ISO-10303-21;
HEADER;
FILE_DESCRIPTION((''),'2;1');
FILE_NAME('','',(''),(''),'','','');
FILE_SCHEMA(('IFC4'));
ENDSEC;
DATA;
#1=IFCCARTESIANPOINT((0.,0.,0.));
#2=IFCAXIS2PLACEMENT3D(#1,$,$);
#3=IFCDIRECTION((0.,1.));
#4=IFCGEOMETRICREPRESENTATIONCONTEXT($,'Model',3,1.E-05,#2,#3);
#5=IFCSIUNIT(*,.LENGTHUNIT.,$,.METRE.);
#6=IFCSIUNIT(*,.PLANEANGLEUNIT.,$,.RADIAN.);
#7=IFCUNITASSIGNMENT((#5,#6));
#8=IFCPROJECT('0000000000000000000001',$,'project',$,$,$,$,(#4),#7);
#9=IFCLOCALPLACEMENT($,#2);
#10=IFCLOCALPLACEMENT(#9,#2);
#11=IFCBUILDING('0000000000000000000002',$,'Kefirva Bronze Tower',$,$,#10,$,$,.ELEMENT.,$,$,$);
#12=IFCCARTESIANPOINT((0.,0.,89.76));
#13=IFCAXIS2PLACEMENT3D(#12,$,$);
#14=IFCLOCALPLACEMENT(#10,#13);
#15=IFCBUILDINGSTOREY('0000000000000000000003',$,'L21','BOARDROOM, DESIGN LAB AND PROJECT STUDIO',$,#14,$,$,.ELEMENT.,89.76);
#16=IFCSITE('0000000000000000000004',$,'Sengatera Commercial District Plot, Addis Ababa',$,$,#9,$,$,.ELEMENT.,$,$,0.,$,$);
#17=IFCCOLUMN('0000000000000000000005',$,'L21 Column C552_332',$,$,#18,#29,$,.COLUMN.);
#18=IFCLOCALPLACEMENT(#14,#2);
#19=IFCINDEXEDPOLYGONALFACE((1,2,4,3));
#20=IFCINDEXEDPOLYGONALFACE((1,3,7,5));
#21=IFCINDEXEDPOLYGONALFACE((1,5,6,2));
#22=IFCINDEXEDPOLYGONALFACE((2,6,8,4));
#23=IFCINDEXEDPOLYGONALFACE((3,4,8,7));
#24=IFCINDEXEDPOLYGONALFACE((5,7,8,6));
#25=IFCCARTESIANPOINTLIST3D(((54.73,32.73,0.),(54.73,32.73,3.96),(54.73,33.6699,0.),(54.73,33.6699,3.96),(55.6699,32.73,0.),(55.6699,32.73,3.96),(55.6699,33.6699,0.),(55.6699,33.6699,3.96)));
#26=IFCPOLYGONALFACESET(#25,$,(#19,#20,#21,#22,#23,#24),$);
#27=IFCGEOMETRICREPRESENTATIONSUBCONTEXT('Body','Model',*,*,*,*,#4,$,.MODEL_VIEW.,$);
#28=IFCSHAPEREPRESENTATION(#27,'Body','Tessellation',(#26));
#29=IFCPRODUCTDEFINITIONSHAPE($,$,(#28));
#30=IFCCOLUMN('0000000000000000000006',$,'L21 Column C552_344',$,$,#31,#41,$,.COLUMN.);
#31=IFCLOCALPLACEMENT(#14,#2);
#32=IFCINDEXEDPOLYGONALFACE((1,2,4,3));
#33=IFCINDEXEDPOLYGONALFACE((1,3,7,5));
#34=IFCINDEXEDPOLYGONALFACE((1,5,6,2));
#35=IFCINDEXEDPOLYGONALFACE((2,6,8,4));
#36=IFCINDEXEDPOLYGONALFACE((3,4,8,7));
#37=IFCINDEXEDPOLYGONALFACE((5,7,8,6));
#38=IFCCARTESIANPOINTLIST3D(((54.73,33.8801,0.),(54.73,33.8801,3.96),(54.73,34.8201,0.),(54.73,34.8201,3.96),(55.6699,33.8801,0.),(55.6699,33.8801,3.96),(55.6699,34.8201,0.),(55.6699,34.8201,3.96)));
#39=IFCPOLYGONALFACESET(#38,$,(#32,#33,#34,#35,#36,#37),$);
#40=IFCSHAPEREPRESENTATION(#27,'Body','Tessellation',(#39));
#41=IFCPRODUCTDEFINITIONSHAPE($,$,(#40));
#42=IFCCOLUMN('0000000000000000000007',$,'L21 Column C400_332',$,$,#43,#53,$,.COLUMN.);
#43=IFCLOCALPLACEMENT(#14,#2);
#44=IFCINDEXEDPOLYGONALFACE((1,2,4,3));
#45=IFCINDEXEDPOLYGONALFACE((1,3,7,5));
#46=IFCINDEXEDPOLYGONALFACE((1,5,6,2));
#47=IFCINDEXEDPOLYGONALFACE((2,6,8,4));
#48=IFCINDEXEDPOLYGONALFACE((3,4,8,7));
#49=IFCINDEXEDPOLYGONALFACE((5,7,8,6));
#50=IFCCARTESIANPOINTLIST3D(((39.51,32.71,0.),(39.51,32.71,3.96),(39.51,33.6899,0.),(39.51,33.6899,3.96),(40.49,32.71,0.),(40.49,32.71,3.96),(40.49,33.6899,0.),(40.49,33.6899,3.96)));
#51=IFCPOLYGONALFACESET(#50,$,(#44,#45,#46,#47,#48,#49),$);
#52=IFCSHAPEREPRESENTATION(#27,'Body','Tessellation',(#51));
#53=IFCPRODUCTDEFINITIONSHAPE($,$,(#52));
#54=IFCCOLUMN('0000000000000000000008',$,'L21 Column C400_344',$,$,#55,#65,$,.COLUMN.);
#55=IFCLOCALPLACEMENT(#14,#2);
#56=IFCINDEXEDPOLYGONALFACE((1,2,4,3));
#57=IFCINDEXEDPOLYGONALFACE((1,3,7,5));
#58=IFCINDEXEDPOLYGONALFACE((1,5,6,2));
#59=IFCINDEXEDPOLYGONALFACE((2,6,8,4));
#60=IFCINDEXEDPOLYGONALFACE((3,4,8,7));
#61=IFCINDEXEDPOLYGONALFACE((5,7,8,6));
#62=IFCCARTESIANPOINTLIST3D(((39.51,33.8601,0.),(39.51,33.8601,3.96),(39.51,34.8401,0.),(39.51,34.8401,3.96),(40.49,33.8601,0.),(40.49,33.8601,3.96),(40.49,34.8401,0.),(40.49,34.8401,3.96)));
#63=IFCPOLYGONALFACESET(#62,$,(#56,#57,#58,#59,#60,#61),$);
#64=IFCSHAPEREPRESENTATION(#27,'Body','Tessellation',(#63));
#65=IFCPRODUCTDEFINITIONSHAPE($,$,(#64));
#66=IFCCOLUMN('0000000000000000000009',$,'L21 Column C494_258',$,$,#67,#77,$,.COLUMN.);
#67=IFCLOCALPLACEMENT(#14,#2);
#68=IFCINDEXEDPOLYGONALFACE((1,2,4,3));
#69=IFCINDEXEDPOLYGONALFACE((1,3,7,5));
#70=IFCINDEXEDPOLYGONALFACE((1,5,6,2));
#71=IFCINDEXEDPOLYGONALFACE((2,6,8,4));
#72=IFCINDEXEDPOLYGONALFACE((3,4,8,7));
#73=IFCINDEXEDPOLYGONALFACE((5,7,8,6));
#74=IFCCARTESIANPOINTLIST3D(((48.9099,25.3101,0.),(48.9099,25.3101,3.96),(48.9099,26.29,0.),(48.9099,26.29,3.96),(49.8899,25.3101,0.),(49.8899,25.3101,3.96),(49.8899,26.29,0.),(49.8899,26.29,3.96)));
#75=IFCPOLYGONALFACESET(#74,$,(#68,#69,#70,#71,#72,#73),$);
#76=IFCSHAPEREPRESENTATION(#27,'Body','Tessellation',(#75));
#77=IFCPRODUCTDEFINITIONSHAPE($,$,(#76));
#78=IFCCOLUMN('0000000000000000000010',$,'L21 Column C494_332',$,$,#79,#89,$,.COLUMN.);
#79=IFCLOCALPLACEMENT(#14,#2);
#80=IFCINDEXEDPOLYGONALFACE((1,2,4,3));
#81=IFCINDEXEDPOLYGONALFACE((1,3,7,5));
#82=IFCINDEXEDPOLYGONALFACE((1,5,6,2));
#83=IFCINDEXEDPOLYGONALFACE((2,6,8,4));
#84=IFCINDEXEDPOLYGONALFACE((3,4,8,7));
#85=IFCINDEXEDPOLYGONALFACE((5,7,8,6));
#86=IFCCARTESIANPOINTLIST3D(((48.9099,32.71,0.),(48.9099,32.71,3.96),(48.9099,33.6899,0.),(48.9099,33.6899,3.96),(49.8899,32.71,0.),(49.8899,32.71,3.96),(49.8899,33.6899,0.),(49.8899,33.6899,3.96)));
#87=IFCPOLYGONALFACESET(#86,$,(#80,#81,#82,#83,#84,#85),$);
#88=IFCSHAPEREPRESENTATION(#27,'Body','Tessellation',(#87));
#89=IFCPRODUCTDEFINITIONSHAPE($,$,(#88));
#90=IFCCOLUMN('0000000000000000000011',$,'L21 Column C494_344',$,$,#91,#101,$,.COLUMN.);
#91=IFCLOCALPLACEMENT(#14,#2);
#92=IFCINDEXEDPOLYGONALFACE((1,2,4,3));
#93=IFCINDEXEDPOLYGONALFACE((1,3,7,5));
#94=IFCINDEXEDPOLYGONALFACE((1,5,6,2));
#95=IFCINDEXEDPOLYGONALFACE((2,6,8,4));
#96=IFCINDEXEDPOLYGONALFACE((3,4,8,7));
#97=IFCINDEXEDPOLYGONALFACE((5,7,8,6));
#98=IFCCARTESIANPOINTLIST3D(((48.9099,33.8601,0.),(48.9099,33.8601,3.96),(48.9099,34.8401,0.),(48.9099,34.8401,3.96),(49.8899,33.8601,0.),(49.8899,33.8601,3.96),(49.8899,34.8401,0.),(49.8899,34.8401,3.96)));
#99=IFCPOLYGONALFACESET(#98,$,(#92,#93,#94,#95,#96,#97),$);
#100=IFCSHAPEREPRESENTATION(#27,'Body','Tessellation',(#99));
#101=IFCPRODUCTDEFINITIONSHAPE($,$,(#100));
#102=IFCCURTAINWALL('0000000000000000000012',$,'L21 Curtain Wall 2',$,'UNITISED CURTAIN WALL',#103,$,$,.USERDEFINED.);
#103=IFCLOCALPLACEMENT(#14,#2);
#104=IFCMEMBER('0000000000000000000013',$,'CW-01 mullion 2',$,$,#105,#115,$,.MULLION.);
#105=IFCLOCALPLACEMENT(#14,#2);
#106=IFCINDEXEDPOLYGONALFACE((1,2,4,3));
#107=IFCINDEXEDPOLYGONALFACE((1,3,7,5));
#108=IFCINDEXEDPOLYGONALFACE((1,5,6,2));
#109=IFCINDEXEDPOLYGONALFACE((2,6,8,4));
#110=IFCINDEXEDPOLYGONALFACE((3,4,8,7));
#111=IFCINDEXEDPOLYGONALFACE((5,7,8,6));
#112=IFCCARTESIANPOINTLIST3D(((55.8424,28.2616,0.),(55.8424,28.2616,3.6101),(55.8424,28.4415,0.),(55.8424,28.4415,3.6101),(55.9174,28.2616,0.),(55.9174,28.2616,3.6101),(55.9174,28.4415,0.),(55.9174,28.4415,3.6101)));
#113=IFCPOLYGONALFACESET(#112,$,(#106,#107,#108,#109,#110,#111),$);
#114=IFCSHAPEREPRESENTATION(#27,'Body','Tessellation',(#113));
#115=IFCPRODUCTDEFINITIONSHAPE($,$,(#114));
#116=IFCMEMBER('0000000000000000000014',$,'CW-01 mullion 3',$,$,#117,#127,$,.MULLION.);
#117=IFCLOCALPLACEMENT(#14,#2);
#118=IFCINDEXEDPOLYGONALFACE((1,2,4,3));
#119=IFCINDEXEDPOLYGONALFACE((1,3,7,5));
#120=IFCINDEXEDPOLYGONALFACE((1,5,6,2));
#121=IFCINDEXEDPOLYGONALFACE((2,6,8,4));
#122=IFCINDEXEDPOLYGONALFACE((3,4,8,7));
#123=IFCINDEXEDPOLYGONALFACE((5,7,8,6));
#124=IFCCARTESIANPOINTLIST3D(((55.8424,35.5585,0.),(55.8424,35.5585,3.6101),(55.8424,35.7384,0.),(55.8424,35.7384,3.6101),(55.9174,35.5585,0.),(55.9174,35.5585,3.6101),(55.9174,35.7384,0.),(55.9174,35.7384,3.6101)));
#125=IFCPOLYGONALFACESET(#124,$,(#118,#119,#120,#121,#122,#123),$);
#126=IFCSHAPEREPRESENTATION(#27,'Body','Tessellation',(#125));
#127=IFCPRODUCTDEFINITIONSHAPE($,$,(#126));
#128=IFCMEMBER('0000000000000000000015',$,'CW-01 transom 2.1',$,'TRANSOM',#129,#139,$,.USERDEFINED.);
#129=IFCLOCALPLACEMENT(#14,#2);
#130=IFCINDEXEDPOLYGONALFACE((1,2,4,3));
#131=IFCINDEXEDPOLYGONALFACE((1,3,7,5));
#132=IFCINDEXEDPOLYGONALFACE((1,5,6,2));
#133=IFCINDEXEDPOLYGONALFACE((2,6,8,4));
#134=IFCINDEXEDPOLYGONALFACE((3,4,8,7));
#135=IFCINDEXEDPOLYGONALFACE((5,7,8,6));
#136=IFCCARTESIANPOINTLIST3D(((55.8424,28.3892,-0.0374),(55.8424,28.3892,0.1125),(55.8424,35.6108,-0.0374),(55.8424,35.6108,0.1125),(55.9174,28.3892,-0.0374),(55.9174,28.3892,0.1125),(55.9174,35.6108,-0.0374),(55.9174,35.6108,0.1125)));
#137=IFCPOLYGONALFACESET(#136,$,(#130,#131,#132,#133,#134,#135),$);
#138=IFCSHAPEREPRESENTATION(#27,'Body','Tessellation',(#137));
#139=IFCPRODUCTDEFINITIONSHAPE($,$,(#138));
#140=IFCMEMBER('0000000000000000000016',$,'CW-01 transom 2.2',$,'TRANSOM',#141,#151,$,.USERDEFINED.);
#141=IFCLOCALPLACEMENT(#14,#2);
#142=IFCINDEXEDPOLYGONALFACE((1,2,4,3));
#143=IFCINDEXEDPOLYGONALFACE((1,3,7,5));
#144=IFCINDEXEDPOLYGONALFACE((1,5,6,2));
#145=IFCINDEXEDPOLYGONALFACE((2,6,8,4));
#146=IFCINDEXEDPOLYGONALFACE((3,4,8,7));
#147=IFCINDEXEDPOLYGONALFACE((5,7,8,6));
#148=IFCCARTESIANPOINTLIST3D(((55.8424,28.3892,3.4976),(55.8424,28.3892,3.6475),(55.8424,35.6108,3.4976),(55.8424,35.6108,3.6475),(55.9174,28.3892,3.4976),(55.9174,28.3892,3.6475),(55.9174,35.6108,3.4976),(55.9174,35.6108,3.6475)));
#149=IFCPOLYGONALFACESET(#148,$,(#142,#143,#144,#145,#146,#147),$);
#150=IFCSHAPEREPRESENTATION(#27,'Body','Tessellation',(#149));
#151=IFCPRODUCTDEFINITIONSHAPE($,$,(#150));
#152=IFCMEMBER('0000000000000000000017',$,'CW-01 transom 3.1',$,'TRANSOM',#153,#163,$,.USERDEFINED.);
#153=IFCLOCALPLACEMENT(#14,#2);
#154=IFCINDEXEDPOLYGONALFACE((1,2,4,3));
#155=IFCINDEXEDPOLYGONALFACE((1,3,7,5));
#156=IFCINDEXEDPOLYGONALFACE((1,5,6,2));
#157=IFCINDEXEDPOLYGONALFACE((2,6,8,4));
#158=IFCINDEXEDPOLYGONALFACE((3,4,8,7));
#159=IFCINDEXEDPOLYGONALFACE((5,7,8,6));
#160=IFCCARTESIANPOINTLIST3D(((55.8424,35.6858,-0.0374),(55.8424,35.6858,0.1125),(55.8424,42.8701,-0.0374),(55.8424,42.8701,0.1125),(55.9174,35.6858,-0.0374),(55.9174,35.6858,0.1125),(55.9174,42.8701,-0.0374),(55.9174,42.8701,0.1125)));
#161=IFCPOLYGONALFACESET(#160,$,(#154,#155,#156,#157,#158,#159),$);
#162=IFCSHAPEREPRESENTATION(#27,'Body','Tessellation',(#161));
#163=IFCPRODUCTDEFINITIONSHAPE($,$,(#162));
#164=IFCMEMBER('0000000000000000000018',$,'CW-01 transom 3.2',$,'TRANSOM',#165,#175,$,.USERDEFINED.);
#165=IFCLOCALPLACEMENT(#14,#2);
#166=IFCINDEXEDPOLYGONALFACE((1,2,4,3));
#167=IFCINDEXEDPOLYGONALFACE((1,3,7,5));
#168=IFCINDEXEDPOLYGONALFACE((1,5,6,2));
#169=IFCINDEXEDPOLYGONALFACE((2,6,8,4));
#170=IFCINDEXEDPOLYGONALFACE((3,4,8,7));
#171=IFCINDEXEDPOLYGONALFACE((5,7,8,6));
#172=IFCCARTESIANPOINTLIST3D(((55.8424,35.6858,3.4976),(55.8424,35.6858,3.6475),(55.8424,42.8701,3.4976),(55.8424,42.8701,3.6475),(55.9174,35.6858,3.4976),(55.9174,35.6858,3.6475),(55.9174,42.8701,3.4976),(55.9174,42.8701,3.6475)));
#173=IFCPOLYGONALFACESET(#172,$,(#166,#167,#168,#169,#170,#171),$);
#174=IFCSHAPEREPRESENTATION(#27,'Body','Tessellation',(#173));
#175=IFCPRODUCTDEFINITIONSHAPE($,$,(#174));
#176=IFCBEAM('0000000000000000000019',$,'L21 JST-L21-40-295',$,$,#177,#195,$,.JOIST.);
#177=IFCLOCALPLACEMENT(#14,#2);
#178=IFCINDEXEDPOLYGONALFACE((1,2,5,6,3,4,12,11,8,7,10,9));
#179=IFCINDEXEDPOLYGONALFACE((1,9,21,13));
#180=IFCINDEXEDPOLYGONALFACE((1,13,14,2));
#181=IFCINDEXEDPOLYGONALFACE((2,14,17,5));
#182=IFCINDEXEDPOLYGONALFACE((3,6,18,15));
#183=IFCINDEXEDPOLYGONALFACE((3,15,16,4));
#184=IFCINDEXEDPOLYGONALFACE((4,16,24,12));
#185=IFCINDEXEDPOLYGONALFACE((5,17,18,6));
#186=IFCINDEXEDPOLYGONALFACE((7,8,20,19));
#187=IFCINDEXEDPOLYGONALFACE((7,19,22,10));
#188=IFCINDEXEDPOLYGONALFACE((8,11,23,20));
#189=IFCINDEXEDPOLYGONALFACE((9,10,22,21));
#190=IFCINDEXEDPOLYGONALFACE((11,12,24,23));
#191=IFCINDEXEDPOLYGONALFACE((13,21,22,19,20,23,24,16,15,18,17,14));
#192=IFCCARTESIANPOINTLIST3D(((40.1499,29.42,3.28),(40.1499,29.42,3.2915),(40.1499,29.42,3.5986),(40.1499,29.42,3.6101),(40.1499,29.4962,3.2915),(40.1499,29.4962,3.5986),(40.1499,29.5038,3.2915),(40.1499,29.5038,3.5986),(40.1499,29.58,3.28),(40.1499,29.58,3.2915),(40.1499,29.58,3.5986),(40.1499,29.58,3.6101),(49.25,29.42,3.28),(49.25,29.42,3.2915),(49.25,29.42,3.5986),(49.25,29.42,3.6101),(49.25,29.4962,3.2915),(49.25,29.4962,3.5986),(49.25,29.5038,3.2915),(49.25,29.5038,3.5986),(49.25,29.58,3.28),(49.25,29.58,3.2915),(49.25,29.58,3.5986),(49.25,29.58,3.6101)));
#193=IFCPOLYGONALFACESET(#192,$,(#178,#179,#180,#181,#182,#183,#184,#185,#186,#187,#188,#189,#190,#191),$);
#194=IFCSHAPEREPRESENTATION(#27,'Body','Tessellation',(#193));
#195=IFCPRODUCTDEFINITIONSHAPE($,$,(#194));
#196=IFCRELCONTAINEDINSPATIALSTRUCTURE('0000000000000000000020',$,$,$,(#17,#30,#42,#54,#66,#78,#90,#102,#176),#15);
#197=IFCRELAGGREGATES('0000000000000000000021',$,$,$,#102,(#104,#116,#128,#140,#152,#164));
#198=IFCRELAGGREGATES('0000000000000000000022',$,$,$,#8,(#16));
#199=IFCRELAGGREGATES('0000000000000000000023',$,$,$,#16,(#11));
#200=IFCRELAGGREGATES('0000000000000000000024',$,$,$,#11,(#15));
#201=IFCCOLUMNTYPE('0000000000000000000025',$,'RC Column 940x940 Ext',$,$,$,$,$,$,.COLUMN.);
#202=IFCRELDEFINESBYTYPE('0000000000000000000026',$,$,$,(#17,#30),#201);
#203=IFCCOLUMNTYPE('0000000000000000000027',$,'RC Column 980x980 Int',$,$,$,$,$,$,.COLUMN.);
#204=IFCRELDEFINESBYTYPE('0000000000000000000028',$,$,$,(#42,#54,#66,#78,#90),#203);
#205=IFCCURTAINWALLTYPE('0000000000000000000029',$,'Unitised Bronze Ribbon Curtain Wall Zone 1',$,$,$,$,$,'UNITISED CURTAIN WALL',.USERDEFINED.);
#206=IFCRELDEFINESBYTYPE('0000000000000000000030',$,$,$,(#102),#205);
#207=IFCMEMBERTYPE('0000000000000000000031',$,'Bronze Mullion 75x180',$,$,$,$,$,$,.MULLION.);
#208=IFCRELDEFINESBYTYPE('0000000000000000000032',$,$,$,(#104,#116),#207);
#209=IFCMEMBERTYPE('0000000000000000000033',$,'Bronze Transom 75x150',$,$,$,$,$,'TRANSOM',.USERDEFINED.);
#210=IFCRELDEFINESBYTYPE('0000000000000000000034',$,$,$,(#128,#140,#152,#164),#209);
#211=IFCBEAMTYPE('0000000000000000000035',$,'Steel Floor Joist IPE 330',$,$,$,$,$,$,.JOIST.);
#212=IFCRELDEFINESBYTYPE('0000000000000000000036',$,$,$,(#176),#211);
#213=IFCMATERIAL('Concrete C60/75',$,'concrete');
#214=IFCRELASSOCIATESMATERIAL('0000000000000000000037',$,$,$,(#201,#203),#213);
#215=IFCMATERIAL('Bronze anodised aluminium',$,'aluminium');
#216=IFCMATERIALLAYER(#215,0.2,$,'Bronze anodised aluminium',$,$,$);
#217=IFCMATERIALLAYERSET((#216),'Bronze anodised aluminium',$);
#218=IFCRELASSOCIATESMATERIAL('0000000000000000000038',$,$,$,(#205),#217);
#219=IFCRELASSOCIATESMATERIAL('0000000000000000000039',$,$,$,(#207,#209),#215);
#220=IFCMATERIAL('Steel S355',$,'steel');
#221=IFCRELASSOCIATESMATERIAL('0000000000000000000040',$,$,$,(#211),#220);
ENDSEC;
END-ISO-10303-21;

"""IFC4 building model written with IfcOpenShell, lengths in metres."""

from ifc_helpers import new_model, si_unit, direction, frame, origin, origin_2d, place, context, subcontext, project, spatial, rectangle, i_section, extrude, material, layer, layer_set, material_profile, profile_set, type_object, element, aggregate, save


model = new_model("IFC4")

# Units and contexts
model_context = context("Model", 3, precision=1e-05, world=origin(), true_north=direction((0.0, 1.0)))
body_context = subcontext(model_context, "Body", "Model", "MODEL_VIEW")
ifc_project = project(units=[si_unit("LENGTHUNIT", "METRE"), si_unit("PLANEANGLEUNIT", "RADIAN")], contexts=[model_context])

# Site, building, storey
site_placement = place(None, origin())
site = spatial("IfcSite", under=ifc_project, at=site_placement, Name="Sengatera Commercial District Plot, Addis Ababa", CompositionType="ELEMENT", RefElevation=0.0)
building_placement = place(site_placement, origin())
building = spatial("IfcBuilding", under=site, at=building_placement, Name="Kefirva Bronze Tower", CompositionType="ELEMENT")
storey_placement = place(building_placement, frame((0.0, 0.0, 89.76)))
storey = spatial("IfcBuildingStorey", under=building, at=storey_placement, Name="L21", Description="BOARDROOM, DESIGN LAB AND PROJECT STUDIO", CompositionType="ELEMENT", Elevation=89.76)

# Columns
ifc_material_1 = material(Name="Concrete C60/75", Category="concrete")
ifc_material_profile_1 = material_profile(ifc_material_1, rectangle(XDim=0.9399, YDim=0.9399, at=origin_2d()), Name="RC 940x940")
ifc_profile_set_1 = profile_set([ifc_material_profile_1], Name="Concrete C60/75")
column_type_1 = type_object("IfcColumnType", Name="RC Column 940x940 Ext", PredefinedType="COLUMN", material=ifc_profile_set_1)
for number, where, z_axis, x_axis, name in (
    (1, (55.2, 33.2, 0.0), (0.0, 0.0, 1.0), (1.0, 0.0, 0.0), "L21 Column C552_332"),
    (2, (55.2, 34.3501, 0.0), (0.0, 0.0, 1.0), (1.0, 0.0, 0.0), "L21 Column C552_344"),
):
    element("IfcColumn", number, at=place(storey_placement, frame(where, z_axis=z_axis, x_axis=x_axis)), inside=storey, type_object=column_type_1, Name=name, PredefinedType="COLUMN", context=body_context, shape_type="SweptSolid", body=[
        extrude(rectangle(XDim=0.9399, YDim=0.9399, at=origin_2d()), origin(), (0.0, 0.0, 1.0), 3.96),
    ])
ifc_material_profile_2 = material_profile(ifc_material_1, rectangle(XDim=0.98, YDim=0.98, at=origin_2d()), Name="RC 980x980")
ifc_profile_set_2 = profile_set([ifc_material_profile_2], Name="Concrete C60/75")
column_type_2 = type_object("IfcColumnType", Name="RC Column 980x980 Int", PredefinedType="COLUMN", material=ifc_profile_set_2)
for number, where, z_axis, x_axis, name in (
    (3, (40.0, 33.2, 0.0), (0.0, 0.0, 1.0), (1.0, 0.0, 0.0), "L21 Column C400_332"),
    (4, (40.0, 34.3501, 0.0), (0.0, 0.0, 1.0), (1.0, 0.0, 0.0), "L21 Column C400_344"),
    (5, (49.3999, 25.8, 0.0), (0.0, 0.0, 1.0), (1.0, 0.0, 0.0), "L21 Column C494_258"),
    (6, (49.3999, 33.2, 0.0), (0.0, 0.0, 1.0), (1.0, 0.0, 0.0), "L21 Column C494_332"),
    (7, (49.3999, 34.3501, 0.0), (0.0, 0.0, 1.0), (1.0, 0.0, 0.0), "L21 Column C494_344"),
):
    element("IfcColumn", number, at=place(storey_placement, frame(where, z_axis=z_axis, x_axis=x_axis)), inside=storey, type_object=column_type_2, Name=name, PredefinedType="COLUMN", context=body_context, shape_type="SweptSolid", body=[
        extrude(rectangle(XDim=0.98, YDim=0.98, at=origin_2d()), origin(), (0.0, 0.0, 1.0), 3.96),
    ])

# Curtain wall, members
ifc_material_2 = material(Name="Bronze anodised aluminium", Category="aluminium")
ifc_layer_1 = layer(ifc_material_2, 0.2, Name="Bronze anodised aluminium")
ifc_layer_set_1 = layer_set([ifc_layer_1], Name="Bronze anodised aluminium")
curtain_wall_type = type_object("IfcCurtainWallType", Name="Unitised Bronze Ribbon Curtain Wall Zone 1", ElementType="UNITISED CURTAIN WALL", PredefinedType="USERDEFINED", material=ifc_layer_set_1)
curtain_wall_placement = place(storey_placement, origin())
curtain_wall = element("IfcCurtainWall", 8, at=curtain_wall_placement, inside=storey, type_object=curtain_wall_type, Name="L21 Curtain Wall 2", ObjectType="UNITISED CURTAIN WALL", PredefinedType="USERDEFINED")
ifc_material_profile_3 = material_profile(ifc_material_2, rectangle(XDim=0.075, YDim=0.1799, at=origin_2d()), Name="ALU 75x180")
ifc_profile_set_3 = profile_set([ifc_material_profile_3], Name="Bronze anodised aluminium")
member_type_1 = type_object("IfcMemberType", Name="Bronze Mullion 75x180", PredefinedType="MULLION", material=ifc_profile_set_3)
member_1_placement = place(storey_placement, frame((55.8799, 28.3516, 0.0), z_axis=(0.0, 0.0, 1.0), x_axis=(-1.0, 0.0, 0.0)))
member_1 = element("IfcMember", 9, at=member_1_placement, type_object=member_type_1, Name="CW-01 mullion 2", PredefinedType="MULLION", context=body_context, shape_type="SweptSolid", body=[
    extrude(rectangle(XDim=0.075, YDim=0.1799, at=origin_2d()), origin(), (0.0, 0.0, 1.0), 3.6101),
])
member_2_placement = place(storey_placement, frame((55.8799, 35.6484, 0.0), z_axis=(0.0, 0.0, 1.0), x_axis=(-1.0, 0.0, 0.0)))
member_2 = element("IfcMember", 10, at=member_2_placement, type_object=member_type_1, Name="CW-01 mullion 3", PredefinedType="MULLION", context=body_context, shape_type="SweptSolid", body=[
    extrude(rectangle(XDim=0.075, YDim=0.1799, at=origin_2d()), origin(), (0.0, 0.0, 1.0), 3.6101),
])
ifc_material_profile_4 = material_profile(ifc_material_2, rectangle(XDim=0.075, YDim=0.1499, at=origin_2d()), Name="ALU 75x150")
ifc_profile_set_4 = profile_set([ifc_material_profile_4], Name="Bronze anodised aluminium")
member_type_2 = type_object("IfcMemberType", Name="Bronze Transom 75x150", ElementType="TRANSOM", PredefinedType="USERDEFINED", material=ifc_profile_set_4)
member_3_placement = place(storey_placement, frame((55.8799, 28.3892, 0.0376), z_axis=(0.0, 1.0, 0.0), x_axis=(-1.0, 0.0, 0.0)))
member_3 = element("IfcMember", 11, at=member_3_placement, type_object=member_type_2, Name="CW-01 transom 2.1", ObjectType="TRANSOM", PredefinedType="USERDEFINED", context=body_context, shape_type="SweptSolid", body=[
    extrude(rectangle(XDim=0.075, YDim=0.1499, at=origin_2d()), origin(), (0.0, 0.0, 1.0), 7.2217),
])
member_4_placement = place(storey_placement, frame((55.8799, 28.3892, 3.5725), z_axis=(0.0, 1.0, 0.0), x_axis=(-1.0, 0.0, 0.0)))
member_4 = element("IfcMember", 12, at=member_4_placement, type_object=member_type_2, Name="CW-01 transom 2.2", ObjectType="TRANSOM", PredefinedType="USERDEFINED", context=body_context, shape_type="SweptSolid", body=[
    extrude(rectangle(XDim=0.075, YDim=0.1499, at=origin_2d()), origin(), (0.0, 0.0, 1.0), 7.2217),
])
member_5_placement = place(storey_placement, frame((55.8799, 35.6858, 0.0376), z_axis=(0.0, 1.0, 0.0), x_axis=(-1.0, 0.0, 0.0)))
member_5 = element("IfcMember", 13, at=member_5_placement, type_object=member_type_2, Name="CW-01 transom 3.1", ObjectType="TRANSOM", PredefinedType="USERDEFINED", context=body_context, shape_type="SweptSolid", body=[
    extrude(rectangle(XDim=0.075, YDim=0.1499, at=origin_2d()), origin(), (0.0, 0.0, 1.0), 7.1843),
])
member_6_placement = place(storey_placement, frame((55.8799, 35.6858, 3.5725), z_axis=(0.0, 1.0, 0.0), x_axis=(-1.0, 0.0, 0.0)))
member_6 = element("IfcMember", 14, at=member_6_placement, type_object=member_type_2, Name="CW-01 transom 3.2", ObjectType="TRANSOM", PredefinedType="USERDEFINED", context=body_context, shape_type="SweptSolid", body=[
    extrude(rectangle(XDim=0.075, YDim=0.1499, at=origin_2d()), origin(), (0.0, 0.0, 1.0), 7.1843),
])

# Beam
ifc_material_3 = material(Name="Steel S355", Category="steel")
ifc_material_profile_5 = material_profile(ifc_material_3, i_section(OverallWidth=0.1599, OverallDepth=0.3301, WebThickness=0.0076, FlangeThickness=0.0115, at=origin_2d()), Name="IPE 330")
ifc_profile_set_5 = profile_set([ifc_material_profile_5], Name="Steel S355")
beam_type_1 = type_object("IfcBeamType", Name="Steel Floor Joist IPE 330", PredefinedType="JOIST", material=ifc_profile_set_5)
beam_1_placement = place(storey_placement, frame((40.1499, 29.5, 3.4451), z_axis=(1.0, 0.0, 0.0), x_axis=(0.0, 1.0, 0.0)))
element("IfcBeam", 15, at=beam_1_placement, inside=storey, type_object=beam_type_1, Name="L21 JST-L21-40-295", PredefinedType="JOIST", context=body_context, shape_type="SweptSolid", body=[
    extrude(i_section(OverallWidth=0.1599, OverallDepth=0.3301, WebThickness=0.0076, FlangeThickness=0.0115, at=origin_2d()), origin(), (0.0, 0.0, 1.0), 9.1001),
])

aggregate(curtain_wall, [member_1, member_2, member_3, member_4, member_5, member_6])

save(model, "model.ifc")
